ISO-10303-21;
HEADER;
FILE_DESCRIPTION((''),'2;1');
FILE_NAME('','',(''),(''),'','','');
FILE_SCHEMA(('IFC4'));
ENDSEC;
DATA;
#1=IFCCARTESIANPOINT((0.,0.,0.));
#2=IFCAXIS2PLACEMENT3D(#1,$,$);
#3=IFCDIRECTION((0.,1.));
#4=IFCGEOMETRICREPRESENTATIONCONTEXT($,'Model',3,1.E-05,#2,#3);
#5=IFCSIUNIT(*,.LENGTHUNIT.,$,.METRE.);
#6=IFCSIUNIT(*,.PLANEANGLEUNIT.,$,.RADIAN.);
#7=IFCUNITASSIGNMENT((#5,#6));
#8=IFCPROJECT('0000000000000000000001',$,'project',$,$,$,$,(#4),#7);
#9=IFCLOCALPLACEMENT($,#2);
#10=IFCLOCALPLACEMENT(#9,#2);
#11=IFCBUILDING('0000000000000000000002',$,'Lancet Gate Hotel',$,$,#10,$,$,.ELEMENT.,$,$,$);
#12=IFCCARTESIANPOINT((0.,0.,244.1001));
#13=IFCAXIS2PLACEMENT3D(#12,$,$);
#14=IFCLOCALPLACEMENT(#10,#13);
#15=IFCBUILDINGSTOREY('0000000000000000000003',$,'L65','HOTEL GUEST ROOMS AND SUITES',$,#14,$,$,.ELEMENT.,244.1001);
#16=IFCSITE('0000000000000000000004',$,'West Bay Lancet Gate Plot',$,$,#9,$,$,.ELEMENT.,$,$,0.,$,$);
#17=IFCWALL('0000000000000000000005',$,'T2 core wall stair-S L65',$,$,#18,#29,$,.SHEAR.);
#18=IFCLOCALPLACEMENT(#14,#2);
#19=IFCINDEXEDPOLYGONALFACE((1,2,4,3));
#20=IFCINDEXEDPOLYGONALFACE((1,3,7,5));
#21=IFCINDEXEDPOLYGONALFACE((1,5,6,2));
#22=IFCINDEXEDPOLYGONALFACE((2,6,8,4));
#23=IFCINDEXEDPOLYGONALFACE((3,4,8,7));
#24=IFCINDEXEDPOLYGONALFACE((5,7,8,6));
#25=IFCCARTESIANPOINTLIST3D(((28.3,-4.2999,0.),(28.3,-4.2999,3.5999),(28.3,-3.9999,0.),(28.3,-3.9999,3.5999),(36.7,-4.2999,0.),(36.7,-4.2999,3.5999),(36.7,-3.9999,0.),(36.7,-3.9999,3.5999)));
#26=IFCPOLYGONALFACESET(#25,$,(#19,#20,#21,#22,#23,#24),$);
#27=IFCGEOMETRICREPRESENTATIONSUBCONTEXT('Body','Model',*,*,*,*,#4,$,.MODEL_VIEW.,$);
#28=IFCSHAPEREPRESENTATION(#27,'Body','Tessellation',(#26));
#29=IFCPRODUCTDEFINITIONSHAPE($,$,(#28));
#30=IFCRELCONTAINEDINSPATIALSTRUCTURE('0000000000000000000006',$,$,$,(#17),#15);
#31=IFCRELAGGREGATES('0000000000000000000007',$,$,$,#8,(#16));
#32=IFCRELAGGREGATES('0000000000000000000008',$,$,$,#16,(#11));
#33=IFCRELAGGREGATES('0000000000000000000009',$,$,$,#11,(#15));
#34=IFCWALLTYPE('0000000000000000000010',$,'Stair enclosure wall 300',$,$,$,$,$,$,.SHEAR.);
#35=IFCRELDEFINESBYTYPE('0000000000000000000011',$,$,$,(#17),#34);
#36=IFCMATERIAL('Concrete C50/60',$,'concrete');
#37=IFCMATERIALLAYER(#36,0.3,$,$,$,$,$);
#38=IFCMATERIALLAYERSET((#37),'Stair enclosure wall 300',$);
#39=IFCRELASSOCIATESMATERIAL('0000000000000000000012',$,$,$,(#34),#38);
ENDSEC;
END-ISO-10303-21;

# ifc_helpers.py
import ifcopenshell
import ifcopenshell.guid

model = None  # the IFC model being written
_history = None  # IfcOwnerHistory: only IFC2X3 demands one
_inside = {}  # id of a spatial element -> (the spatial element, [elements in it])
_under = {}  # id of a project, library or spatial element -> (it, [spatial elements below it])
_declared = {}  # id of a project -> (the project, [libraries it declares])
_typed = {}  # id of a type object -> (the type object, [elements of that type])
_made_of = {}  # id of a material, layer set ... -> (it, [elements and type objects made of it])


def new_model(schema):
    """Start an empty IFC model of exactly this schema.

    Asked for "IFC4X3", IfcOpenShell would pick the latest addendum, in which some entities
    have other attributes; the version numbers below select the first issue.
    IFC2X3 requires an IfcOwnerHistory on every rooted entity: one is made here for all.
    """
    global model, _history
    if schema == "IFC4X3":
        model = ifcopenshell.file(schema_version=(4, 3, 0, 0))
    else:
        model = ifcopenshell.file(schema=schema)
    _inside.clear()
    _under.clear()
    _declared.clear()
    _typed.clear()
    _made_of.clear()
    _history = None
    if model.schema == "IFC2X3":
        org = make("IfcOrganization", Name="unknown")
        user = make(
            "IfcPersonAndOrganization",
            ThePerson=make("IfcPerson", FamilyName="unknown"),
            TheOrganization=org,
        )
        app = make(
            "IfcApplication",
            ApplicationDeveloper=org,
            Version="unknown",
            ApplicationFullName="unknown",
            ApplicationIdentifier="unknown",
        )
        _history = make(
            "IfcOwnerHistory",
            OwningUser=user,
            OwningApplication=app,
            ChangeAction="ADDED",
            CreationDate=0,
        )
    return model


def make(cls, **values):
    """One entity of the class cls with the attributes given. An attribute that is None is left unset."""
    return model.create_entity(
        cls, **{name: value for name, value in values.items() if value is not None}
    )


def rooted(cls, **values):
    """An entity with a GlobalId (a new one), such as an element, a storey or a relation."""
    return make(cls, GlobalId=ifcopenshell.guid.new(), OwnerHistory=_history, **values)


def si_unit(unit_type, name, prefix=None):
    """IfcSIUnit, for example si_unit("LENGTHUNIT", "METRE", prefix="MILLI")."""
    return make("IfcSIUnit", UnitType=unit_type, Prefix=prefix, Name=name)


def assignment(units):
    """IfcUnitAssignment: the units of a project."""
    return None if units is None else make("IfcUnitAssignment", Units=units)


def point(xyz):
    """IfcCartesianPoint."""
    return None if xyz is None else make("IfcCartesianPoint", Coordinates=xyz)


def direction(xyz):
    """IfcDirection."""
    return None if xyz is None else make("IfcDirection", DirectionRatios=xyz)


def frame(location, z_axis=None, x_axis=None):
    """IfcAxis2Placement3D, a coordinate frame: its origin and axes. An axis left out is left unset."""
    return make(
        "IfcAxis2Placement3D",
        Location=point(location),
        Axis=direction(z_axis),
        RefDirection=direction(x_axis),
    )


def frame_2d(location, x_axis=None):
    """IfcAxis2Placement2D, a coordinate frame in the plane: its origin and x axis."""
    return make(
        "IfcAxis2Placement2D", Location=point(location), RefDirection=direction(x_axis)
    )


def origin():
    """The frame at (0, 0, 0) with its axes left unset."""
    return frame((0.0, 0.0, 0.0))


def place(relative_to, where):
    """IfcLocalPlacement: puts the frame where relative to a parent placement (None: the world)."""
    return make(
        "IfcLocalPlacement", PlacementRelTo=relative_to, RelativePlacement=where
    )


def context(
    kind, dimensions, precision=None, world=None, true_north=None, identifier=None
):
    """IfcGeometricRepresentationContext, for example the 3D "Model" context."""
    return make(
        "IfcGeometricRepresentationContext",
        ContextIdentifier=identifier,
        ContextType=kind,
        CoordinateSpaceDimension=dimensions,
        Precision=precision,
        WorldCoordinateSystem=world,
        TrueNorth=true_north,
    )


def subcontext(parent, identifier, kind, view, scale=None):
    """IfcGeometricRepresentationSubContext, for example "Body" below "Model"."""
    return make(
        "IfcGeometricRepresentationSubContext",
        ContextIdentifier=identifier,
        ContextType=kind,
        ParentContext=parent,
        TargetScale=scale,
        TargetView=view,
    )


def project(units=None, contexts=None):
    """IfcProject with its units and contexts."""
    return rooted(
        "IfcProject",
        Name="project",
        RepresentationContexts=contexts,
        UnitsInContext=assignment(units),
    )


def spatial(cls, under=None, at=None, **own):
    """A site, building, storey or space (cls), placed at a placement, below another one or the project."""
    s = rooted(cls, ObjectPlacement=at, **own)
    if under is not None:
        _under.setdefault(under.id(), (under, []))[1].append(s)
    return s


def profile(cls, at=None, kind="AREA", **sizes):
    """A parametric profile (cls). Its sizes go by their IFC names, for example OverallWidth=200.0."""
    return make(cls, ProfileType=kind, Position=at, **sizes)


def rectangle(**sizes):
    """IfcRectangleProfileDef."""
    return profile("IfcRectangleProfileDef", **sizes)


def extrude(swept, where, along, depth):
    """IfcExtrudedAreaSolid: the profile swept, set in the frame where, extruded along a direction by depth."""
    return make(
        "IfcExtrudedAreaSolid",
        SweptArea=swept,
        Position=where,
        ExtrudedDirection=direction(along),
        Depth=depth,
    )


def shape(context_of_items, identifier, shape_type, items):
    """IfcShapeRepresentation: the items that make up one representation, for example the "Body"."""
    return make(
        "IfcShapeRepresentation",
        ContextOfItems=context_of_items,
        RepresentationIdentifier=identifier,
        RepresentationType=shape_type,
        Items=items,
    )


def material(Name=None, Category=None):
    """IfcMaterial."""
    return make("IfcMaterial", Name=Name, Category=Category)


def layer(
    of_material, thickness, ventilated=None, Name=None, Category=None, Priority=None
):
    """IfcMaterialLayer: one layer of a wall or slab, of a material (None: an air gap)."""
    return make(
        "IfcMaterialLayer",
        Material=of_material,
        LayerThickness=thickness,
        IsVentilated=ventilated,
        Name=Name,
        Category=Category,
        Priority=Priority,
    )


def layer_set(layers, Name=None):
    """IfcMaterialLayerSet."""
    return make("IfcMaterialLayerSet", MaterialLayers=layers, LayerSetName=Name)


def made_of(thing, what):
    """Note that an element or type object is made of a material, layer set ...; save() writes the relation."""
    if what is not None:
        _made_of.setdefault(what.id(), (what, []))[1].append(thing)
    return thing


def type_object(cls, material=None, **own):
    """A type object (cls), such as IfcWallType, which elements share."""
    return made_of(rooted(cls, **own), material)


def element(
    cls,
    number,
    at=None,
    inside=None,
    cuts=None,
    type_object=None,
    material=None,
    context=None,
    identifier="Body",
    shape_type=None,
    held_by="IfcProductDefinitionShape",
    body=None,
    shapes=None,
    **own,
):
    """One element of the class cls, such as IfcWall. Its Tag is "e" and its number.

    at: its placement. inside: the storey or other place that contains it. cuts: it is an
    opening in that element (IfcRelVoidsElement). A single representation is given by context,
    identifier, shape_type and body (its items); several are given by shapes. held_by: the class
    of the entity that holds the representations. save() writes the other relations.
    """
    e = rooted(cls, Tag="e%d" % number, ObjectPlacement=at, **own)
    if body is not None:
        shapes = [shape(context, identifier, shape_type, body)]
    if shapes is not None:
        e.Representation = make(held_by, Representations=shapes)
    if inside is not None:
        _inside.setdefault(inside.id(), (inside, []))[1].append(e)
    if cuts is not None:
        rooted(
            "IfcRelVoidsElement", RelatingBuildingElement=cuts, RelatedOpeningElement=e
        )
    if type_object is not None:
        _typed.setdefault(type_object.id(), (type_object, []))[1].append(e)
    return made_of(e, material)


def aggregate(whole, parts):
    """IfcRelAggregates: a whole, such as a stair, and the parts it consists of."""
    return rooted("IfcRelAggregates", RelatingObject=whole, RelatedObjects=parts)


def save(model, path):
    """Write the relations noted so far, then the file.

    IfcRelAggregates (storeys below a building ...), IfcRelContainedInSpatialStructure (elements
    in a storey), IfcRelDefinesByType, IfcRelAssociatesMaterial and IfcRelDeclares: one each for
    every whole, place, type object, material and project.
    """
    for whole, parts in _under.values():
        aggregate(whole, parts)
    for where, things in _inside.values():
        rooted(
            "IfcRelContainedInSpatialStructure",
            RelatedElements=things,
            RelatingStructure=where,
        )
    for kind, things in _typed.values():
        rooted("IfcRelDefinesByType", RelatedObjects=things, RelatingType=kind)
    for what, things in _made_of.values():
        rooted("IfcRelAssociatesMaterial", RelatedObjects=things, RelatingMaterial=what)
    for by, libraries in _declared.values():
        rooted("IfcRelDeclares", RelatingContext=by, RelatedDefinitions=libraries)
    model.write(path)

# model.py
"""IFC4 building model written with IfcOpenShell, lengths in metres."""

from ifc_helpers import new_model, si_unit, direction, frame, frame_2d, origin, place, context, subcontext, project, spatial, rectangle, extrude, material, layer, layer_set, type_object, element, save


model = new_model("IFC4")

# Units and contexts
model_context = context("Model", 3, precision=1e-05, world=origin(), true_north=direction((0.0, 1.0)))
body_context = subcontext(model_context, "Body", "Model", "MODEL_VIEW")
ifc_project = project(units=[si_unit("LENGTHUNIT", "METRE"), si_unit("PLANEANGLEUNIT", "RADIAN")], contexts=[model_context])

# Site, building, storey
site_placement = place(None, origin())
site = spatial("IfcSite", under=ifc_project, at=site_placement, Name="West Bay Lancet Gate Plot", CompositionType="ELEMENT", RefElevation=0.0)
building_placement = place(site_placement, origin())
building = spatial("IfcBuilding", under=site, at=building_placement, Name="Lancet Gate Hotel", CompositionType="ELEMENT")
storey_placement = place(building_placement, frame((0.0, 0.0, 244.1001)))
storey = spatial("IfcBuildingStorey", under=building, at=storey_placement, Name="L65", Description="HOTEL GUEST ROOMS AND SUITES", CompositionType="ELEMENT", Elevation=244.1001)

# Wall
ifc_material_1 = material(Name="Concrete C50/60", Category="concrete")
ifc_layer_1 = layer(ifc_material_1, 0.3)
ifc_layer_set_1 = layer_set([ifc_layer_1], Name="Stair enclosure wall 300")
wall_type_1 = type_object("IfcWallType", Name="Stair enclosure wall 300", PredefinedType="SHEAR", material=ifc_layer_set_1)
wall_1_placement = place(storey_placement, frame((28.3, -4.1499, 0.0), z_axis=(0.0, 0.0, 1.0), x_axis=(1.0, 0.0, 0.0)))
element("IfcWall", 1, at=wall_1_placement, inside=storey, type_object=wall_type_1, Name="T2 core wall stair-S L65", PredefinedType="SHEAR", context=body_context, shape_type="SweptSolid", body=[
    extrude(rectangle(XDim=8.3999, YDim=0.3, at=frame_2d((4.2, 0.0))), origin(), (0.0, 0.0, 1.0), 3.5999),
])

save(model, "model.ifc")
